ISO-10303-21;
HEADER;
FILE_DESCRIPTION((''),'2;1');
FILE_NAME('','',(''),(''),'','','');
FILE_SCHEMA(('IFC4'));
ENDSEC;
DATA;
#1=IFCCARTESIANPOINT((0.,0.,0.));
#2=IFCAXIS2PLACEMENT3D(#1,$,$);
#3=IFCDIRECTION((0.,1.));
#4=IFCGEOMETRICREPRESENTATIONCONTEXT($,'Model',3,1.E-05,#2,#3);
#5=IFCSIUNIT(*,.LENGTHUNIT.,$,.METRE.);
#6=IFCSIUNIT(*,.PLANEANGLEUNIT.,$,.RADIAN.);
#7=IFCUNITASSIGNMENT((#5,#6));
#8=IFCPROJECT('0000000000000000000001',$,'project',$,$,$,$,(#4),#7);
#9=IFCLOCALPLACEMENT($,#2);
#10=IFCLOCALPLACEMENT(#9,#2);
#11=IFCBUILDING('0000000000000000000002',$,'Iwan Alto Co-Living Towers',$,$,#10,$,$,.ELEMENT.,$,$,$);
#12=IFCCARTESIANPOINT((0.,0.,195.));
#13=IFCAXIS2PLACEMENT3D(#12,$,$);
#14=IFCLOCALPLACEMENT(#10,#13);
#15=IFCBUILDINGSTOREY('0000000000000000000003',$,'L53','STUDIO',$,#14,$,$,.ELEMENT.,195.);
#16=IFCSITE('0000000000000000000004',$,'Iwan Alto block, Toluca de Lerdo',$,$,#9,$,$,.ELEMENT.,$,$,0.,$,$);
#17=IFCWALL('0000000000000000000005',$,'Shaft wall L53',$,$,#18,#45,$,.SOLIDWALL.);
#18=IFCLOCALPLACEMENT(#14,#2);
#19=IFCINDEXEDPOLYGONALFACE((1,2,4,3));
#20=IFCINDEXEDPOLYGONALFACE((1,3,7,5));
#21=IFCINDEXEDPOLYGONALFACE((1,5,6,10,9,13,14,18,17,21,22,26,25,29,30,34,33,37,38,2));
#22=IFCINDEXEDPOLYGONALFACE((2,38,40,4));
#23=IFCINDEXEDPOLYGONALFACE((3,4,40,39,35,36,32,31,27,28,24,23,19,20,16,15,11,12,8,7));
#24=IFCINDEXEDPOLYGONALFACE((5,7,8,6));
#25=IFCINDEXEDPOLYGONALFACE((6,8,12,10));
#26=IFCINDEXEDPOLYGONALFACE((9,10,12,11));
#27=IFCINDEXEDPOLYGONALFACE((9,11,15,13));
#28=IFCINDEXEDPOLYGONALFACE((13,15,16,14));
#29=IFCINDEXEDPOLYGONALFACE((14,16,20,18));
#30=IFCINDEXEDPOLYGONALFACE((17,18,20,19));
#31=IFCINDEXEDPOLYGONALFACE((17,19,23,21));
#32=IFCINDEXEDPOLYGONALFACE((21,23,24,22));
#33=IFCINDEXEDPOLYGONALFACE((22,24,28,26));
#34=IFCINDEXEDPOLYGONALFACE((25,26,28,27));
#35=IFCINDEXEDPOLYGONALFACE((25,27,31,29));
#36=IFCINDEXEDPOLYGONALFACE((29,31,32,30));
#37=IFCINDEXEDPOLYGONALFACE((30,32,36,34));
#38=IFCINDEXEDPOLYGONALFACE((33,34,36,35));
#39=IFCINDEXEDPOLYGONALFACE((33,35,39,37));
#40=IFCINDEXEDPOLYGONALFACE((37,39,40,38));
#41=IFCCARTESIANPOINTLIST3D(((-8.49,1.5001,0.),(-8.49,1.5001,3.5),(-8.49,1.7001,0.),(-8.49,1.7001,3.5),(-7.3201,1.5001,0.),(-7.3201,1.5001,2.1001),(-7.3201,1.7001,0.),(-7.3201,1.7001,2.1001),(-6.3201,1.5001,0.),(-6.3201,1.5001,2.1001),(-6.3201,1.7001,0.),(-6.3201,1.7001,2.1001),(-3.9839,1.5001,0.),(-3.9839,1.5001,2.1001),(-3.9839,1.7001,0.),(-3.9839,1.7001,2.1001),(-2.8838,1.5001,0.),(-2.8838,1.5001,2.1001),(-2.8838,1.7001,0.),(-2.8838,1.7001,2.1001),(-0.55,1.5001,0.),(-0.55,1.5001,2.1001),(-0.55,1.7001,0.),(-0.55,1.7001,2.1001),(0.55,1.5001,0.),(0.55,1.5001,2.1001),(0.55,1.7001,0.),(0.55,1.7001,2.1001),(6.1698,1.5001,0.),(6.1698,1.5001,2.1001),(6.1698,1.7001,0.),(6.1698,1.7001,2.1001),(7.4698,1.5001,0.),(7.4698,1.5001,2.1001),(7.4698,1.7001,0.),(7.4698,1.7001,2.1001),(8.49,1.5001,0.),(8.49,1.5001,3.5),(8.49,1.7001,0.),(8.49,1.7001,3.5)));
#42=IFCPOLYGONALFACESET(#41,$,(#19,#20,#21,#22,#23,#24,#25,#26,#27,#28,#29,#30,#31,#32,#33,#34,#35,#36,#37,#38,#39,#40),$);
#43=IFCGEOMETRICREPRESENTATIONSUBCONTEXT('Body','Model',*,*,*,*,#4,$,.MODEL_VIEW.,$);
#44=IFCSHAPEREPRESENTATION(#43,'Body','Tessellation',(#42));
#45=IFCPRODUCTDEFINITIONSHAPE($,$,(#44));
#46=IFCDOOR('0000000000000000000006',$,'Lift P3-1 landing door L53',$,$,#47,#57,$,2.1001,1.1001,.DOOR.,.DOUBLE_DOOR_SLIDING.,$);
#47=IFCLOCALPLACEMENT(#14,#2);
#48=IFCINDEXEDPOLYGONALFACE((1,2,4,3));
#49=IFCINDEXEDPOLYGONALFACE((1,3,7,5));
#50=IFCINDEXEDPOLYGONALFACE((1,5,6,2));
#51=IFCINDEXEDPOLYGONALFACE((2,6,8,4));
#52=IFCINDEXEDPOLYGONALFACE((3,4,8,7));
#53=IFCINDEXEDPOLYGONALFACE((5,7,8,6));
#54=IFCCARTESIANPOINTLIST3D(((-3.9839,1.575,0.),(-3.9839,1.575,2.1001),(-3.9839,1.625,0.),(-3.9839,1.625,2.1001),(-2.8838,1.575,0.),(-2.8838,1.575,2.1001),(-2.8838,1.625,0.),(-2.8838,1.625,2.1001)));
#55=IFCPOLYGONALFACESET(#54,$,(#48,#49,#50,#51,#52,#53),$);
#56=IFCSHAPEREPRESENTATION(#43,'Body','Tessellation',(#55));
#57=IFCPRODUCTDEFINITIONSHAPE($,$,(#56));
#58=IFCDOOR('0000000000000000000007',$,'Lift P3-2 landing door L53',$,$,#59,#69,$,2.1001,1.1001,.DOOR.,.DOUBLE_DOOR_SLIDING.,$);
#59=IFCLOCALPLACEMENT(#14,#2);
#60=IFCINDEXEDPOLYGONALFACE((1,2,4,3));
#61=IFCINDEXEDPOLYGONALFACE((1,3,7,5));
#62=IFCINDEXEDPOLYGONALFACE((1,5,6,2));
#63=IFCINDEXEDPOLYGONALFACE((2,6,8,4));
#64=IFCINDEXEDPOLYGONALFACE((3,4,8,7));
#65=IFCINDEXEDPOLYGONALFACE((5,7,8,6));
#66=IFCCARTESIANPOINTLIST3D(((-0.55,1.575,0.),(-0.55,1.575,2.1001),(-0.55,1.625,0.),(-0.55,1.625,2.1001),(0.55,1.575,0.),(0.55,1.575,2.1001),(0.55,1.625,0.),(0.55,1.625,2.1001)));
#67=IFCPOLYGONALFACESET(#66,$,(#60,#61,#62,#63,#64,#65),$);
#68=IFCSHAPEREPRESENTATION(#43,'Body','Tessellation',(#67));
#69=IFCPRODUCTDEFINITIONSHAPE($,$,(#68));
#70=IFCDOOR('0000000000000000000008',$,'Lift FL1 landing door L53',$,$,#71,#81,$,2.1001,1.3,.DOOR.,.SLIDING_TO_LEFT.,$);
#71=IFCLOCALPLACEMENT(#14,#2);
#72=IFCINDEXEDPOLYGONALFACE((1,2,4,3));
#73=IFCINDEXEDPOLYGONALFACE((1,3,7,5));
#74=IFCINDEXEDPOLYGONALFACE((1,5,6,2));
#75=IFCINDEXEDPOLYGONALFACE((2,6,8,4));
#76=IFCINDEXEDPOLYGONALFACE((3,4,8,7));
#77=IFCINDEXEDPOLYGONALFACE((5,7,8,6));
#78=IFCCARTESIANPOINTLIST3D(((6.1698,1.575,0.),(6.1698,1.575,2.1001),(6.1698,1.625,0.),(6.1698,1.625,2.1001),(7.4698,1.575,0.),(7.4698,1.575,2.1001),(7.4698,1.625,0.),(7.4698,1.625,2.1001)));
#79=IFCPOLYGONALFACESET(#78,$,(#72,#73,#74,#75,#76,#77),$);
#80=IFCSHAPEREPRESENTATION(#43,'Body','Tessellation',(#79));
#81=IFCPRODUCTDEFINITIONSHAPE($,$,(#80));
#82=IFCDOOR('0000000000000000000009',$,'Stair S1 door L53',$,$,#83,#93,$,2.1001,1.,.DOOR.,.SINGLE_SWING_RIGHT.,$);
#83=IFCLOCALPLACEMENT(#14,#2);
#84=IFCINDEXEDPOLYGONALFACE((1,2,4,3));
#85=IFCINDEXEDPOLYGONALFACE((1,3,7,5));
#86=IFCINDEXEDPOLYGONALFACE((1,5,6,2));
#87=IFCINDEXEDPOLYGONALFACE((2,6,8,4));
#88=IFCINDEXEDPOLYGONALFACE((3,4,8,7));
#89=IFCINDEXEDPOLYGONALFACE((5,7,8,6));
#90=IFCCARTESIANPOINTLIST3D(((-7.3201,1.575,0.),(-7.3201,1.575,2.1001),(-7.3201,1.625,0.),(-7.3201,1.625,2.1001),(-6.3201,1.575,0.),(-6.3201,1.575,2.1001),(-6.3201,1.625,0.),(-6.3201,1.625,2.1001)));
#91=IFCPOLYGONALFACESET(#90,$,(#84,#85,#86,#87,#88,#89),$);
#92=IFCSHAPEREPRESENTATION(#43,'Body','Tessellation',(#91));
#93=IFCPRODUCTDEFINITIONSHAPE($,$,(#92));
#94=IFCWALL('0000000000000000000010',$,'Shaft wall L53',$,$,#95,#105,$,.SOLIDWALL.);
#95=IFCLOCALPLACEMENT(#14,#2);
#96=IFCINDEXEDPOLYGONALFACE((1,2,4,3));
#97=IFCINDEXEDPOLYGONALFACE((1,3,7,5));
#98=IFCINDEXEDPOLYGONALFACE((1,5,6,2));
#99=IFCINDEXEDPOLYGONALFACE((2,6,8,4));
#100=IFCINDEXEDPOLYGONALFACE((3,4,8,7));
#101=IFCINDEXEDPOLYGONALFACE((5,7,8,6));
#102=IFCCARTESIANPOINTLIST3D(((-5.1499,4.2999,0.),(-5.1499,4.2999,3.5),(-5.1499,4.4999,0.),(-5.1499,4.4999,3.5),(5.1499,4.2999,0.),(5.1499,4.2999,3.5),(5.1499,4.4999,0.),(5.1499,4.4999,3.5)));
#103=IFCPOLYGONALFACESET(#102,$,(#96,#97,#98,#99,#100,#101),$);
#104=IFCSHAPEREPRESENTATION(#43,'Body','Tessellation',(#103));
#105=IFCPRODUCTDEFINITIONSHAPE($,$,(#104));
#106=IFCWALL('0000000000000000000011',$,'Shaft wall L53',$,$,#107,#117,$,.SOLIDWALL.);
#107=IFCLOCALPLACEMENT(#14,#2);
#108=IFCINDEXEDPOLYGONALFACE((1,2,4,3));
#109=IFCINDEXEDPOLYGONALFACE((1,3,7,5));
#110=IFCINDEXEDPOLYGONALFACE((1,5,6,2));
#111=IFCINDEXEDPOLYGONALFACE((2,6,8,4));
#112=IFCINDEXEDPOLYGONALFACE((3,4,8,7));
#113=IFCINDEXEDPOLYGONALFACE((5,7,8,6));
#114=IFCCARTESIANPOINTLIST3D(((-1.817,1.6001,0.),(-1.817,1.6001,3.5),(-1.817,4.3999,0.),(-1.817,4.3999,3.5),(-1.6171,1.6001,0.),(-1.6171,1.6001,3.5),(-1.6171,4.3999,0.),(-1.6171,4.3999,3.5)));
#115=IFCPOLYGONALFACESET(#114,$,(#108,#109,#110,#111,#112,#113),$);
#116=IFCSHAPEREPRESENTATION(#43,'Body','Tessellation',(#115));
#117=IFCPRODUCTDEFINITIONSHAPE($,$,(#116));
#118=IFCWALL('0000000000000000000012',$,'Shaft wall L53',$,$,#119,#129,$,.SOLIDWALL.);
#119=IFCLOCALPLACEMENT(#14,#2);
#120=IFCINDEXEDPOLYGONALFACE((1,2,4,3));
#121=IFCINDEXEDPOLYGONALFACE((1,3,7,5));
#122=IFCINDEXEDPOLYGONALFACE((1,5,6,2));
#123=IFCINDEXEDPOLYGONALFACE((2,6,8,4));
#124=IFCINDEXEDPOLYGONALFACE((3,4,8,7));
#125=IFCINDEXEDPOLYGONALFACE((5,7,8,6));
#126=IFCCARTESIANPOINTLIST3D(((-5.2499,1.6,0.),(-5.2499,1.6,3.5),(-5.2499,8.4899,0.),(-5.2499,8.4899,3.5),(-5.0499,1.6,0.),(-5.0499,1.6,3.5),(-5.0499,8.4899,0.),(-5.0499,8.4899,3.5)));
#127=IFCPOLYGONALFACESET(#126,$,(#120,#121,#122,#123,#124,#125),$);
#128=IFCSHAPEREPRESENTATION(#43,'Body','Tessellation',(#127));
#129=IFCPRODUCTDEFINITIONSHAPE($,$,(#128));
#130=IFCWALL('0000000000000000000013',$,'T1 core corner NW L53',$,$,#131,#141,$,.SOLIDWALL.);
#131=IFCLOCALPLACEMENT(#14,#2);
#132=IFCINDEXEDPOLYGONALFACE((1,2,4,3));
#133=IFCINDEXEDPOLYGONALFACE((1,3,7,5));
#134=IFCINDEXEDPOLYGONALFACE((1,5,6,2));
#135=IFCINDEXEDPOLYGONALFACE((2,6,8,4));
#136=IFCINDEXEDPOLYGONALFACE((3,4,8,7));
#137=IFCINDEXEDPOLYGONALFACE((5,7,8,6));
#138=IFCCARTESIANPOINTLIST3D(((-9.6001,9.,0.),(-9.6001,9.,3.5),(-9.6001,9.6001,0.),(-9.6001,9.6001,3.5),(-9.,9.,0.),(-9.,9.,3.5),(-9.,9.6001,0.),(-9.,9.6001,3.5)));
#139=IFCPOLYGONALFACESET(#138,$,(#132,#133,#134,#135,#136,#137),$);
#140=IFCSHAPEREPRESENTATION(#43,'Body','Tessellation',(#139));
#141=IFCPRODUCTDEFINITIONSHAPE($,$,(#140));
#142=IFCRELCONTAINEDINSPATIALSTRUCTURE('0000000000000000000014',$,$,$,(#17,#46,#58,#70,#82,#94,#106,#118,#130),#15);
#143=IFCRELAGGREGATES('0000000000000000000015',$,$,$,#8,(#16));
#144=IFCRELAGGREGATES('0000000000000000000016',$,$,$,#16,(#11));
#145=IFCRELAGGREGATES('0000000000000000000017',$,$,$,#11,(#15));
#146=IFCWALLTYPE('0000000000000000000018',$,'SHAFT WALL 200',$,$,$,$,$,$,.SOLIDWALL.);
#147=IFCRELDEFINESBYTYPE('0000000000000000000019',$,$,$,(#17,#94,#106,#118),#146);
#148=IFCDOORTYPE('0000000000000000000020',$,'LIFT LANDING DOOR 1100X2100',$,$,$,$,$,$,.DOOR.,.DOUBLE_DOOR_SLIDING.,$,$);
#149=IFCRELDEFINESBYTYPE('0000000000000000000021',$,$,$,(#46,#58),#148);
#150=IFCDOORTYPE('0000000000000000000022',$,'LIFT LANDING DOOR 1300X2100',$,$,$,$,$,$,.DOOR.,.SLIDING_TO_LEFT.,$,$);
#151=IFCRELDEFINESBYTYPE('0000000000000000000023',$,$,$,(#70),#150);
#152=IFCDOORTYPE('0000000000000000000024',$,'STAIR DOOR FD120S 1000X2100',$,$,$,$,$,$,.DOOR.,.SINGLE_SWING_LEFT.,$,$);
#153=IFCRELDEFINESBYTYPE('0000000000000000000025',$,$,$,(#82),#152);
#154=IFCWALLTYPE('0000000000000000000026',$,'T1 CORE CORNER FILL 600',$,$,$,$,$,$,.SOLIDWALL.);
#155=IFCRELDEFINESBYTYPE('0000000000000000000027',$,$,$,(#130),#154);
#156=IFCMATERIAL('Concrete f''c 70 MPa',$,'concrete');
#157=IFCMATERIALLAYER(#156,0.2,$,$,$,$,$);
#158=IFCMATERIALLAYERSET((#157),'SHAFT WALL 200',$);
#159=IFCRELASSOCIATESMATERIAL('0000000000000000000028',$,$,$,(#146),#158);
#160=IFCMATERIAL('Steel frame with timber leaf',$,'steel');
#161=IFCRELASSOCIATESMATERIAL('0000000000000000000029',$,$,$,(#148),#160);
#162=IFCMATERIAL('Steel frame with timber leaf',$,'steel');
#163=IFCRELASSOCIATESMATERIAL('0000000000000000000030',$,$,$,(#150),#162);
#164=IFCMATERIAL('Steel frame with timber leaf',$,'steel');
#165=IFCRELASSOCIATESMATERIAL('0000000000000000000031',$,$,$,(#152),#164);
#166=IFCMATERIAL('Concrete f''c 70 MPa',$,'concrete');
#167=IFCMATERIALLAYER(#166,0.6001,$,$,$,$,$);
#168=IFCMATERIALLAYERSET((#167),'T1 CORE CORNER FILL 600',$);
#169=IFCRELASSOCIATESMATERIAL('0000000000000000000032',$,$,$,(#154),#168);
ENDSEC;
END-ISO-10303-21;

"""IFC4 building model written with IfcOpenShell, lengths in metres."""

from ifc_helpers import new_model, si_unit, direction, frame, frame_2d, origin, place, context, subcontext, project, spatial, rectangle, extrude, material, layer, layer_set, type_object, element, fill, save


model = new_model("IFC4")

# Units and contexts
model_context = context("Model", 3, precision=1e-05, world=origin(), true_north=direction((0.0, 1.0)))
body_context = subcontext(model_context, "Body", "Model", "MODEL_VIEW")
ifc_project = project(units=[si_unit("LENGTHUNIT", "METRE"), si_unit("PLANEANGLEUNIT", "RADIAN")], contexts=[model_context])

# Site, building, storey
site_placement = place(None, origin())
site = spatial("IfcSite", under=ifc_project, at=site_placement, Name="Iwan Alto block, Toluca de Lerdo", CompositionType="ELEMENT", RefElevation=0.0)
building_placement = place(site_placement, origin())
building = spatial("IfcBuilding", under=site, at=building_placement, Name="Iwan Alto Co-Living Towers", CompositionType="ELEMENT")
storey_placement = place(building_placement, frame((0.0, 0.0, 195.0)))
storey = spatial("IfcBuildingStorey", under=building, at=storey_placement, Name="L53", Description="STUDIO", CompositionType="ELEMENT", Elevation=195.0)

# Wall, openings, doors
ifc_material_1 = material(Name="Concrete f'c 70 MPa", Category="concrete")
ifc_layer_1 = layer(ifc_material_1, 0.2)
ifc_layer_set_1 = layer_set([ifc_layer_1], Name="SHAFT WALL 200")
wall_type_1 = type_object("IfcWallType", Name="SHAFT WALL 200", PredefinedType="SOLIDWALL", material=ifc_layer_set_1)
wall_1_placement = place(storey_placement, frame((-8.49, 1.6001, 0.0), z_axis=(0.0, 0.0, 1.0), x_axis=(1.0, 0.0, 0.0)))
wall_1 = element("IfcWall", 1, at=wall_1_placement, inside=storey, type_object=wall_type_1, Name="Shaft wall L53", PredefinedType="SOLIDWALL", context=body_context, shape_type="SweptSolid", body=[
    extrude(rectangle(XDim=16.98, YDim=0.2, at=frame_2d((8.49, 0.0))), origin(), (0.0, 0.0, 1.0), 3.5),
])
opening_1_placement = place(wall_1_placement, frame((1.1699, 0.0, 0.0)))
opening_1 = element("IfcOpeningElement", 2, at=opening_1_placement, cuts=wall_1, PredefinedType="OPENING", context=body_context, shape_type="SweptSolid", body=[
    extrude(rectangle(XDim=1.0, YDim=2.1001, at=frame_2d((0.5, 1.05))), frame((0.0, 0.1099, 0.0), z_axis=(0.0, -1.0, 0.0), x_axis=(1.0, 0.0, 0.0)), (0.0, 0.0, 1.0), 0.22),
])
opening_2_placement = place(wall_1_placement, frame((4.5061, 0.0, 0.0)))
opening_2 = element("IfcOpeningElement", 3, at=opening_2_placement, cuts=wall_1, PredefinedType="OPENING", context=body_context, shape_type="SweptSolid", body=[
    extrude(rectangle(XDim=1.1001, YDim=2.1001, at=frame_2d((0.55, 1.05))), frame((0.0, 0.1099, 0.0), z_axis=(0.0, -1.0, 0.0), x_axis=(1.0, 0.0, 0.0)), (0.0, 0.0, 1.0), 0.22),
])
opening_3_placement = place(wall_1_placement, frame((7.9399, 0.0, 0.0)))
opening_3 = element("IfcOpeningElement", 4, at=opening_3_placement, cuts=wall_1, PredefinedType="OPENING", context=body_context, shape_type="SweptSolid", body=[
    extrude(rectangle(XDim=1.1001, YDim=2.1001, at=frame_2d((0.55, 1.05))), frame((0.0, 0.1099, 0.0), z_axis=(0.0, -1.0, 0.0), x_axis=(1.0, 0.0, 0.0)), (0.0, 0.0, 1.0), 0.22),
])
opening_4_placement = place(wall_1_placement, frame((14.6599, 0.0, 0.0)))
opening_4 = element("IfcOpeningElement", 5, at=opening_4_placement, cuts=wall_1, PredefinedType="OPENING", context=body_context, shape_type="SweptSolid", body=[
    extrude(rectangle(XDim=1.3, YDim=2.1001, at=frame_2d((0.6499, 1.05))), frame((0.0, 0.1099, 0.0), z_axis=(0.0, -1.0, 0.0), x_axis=(1.0, 0.0, 0.0)), (0.0, 0.0, 1.0), 0.22),
])
ifc_material_2 = material(Name="Steel frame with timber leaf", Category="steel")
door_type_1 = type_object("IfcDoorType", Name="LIFT LANDING DOOR 1100X2100", OperationType="DOUBLE_DOOR_SLIDING", PredefinedType="DOOR", material=ifc_material_2)
door_1_placement = place(opening_2_placement, origin())
door_1 = element("IfcDoor", 6, at=door_1_placement, inside=storey, type_object=door_type_1, Name="Lift P3-1 landing door L53", OperationType="DOUBLE_DOOR_SLIDING", OverallHeight=2.1001, OverallWidth=1.1001, PredefinedType="DOOR", context=body_context, shape_type="SweptSolid", body=[
    extrude(rectangle(XDim=1.1001, YDim=2.1001, at=frame_2d((0.55, 1.05))), frame((0.0, 0.0249, 0.0), z_axis=(0.0, -1.0, 0.0), x_axis=(1.0, 0.0, 0.0)), (0.0, 0.0, 1.0), 0.05),
])
fill(opening_2, door_1)
door_2_placement = place(opening_3_placement, origin())
door_2 = element("IfcDoor", 7, at=door_2_placement, inside=storey, type_object=door_type_1, Name="Lift P3-2 landing door L53", OperationType="DOUBLE_DOOR_SLIDING", OverallHeight=2.1001, OverallWidth=1.1001, PredefinedType="DOOR", context=body_context, shape_type="SweptSolid", body=[
    extrude(rectangle(XDim=1.1001, YDim=2.1001, at=frame_2d((0.55, 1.05))), frame((0.0, 0.0249, 0.0), z_axis=(0.0, -1.0, 0.0), x_axis=(1.0, 0.0, 0.0)), (0.0, 0.0, 1.0), 0.05),
])
fill(opening_3, door_2)
ifc_material_3 = material(Name="Steel frame with timber leaf", Category="steel")
door_type_2 = type_object("IfcDoorType", Name="LIFT LANDING DOOR 1300X2100", OperationType="SLIDING_TO_LEFT", PredefinedType="DOOR", material=ifc_material_3)
door_3_placement = place(opening_4_placement, origin())
door_3 = element("IfcDoor", 8, at=door_3_placement, inside=storey, type_object=door_type_2, Name="Lift FL1 landing door L53", OperationType="SLIDING_TO_LEFT", OverallHeight=2.1001, OverallWidth=1.3, PredefinedType="DOOR", context=body_context, shape_type="SweptSolid", body=[
    extrude(rectangle(XDim=1.3, YDim=2.1001, at=frame_2d((0.6499, 1.05))), frame((0.0, 0.0249, 0.0), z_axis=(0.0, -1.0, 0.0), x_axis=(1.0, 0.0, 0.0)), (0.0, 0.0, 1.0), 0.05),
])
fill(opening_4, door_3)
ifc_material_4 = material(Name="Steel frame with timber leaf", Category="steel")
door_type_3 = type_object("IfcDoorType", Name="STAIR DOOR FD120S 1000X2100", OperationType="SINGLE_SWING_LEFT", PredefinedType="DOOR", material=ifc_material_4)
door_4_placement = place(opening_1_placement, origin())
door_4 = element("IfcDoor", 9, at=door_4_placement, inside=storey, type_object=door_type_3, Name="Stair S1 door L53", OperationType="SINGLE_SWING_RIGHT", OverallHeight=2.1001, OverallWidth=1.0, PredefinedType="DOOR", context=body_context, shape_type="SweptSolid", body=[
    extrude(rectangle(XDim=1.0, YDim=2.1001, at=frame_2d((0.5, 1.05))), frame((0.0, 0.0249, 0.0), z_axis=(0.0, -1.0, 0.0), x_axis=(1.0, 0.0, 0.0)), (0.0, 0.0, 1.0), 0.05),
])
fill(opening_1, door_4)

# Walls
wall_2_placement = place(storey_placement, frame((-5.1499, 4.3999, 0.0), z_axis=(0.0, 0.0, 1.0), x_axis=(1.0, 0.0, 0.0)))
element("IfcWall", 10, at=wall_2_placement, inside=storey, type_object=wall_type_1, Name="Shaft wall L53", PredefinedType="SOLIDWALL", context=body_context, shape_type="SweptSolid", body=[
    extrude(rectangle(XDim=10.2998, YDim=0.2, at=frame_2d((5.1499, 0.0))), origin(), (0.0, 0.0, 1.0), 3.5),
])
wall_3_placement = place(storey_placement, frame((-1.717, 1.6001, 0.0), z_axis=(0.0, 0.0, 1.0), x_axis=(0.0, 1.0, 0.0)))
element("IfcWall", 11, at=wall_3_placement, inside=storey, type_object=wall_type_1, Name="Shaft wall L53", PredefinedType="SOLIDWALL", context=body_context, shape_type="SweptSolid", body=[
    extrude(rectangle(XDim=2.7998, YDim=0.2, at=frame_2d((1.3999, 0.0))), origin(), (0.0, 0.0, 1.0), 3.5),
])
wall_4_placement = place(storey_placement, frame((-5.1499, 1.6001, 0.0), z_axis=(0.0, 0.0, 1.0), x_axis=(0.0, 1.0, 0.0)))
element("IfcWall", 12, at=wall_4_placement, inside=storey, type_object=wall_type_1, Name="Shaft wall L53", PredefinedType="SOLIDWALL", context=body_context, shape_type="SweptSolid", body=[
    extrude(rectangle(XDim=6.8899, YDim=0.2, at=frame_2d((3.4448, 0.0))), origin(), (0.0, 0.0, 1.0), 3.5),
])
ifc_material_5 = material(Name="Concrete f'c 70 MPa", Category="concrete")
ifc_layer_2 = layer(ifc_material_5, 0.6001)
ifc_layer_set_2 = layer_set([ifc_layer_2], Name="T1 CORE CORNER FILL 600")
wall_type_2 = type_object("IfcWallType", Name="T1 CORE CORNER FILL 600", PredefinedType="SOLIDWALL", material=ifc_layer_set_2)
wall_5_placement = place(storey_placement, frame((-9.6001, 9.3, 0.0), z_axis=(0.0, 0.0, 1.0), x_axis=(1.0, 0.0, 0.0)))
element("IfcWall", 13, at=wall_5_placement, inside=storey, type_object=wall_type_2, Name="T1 core corner NW L53", PredefinedType="SOLIDWALL", context=body_context, shape_type="SweptSolid", body=[
    extrude(rectangle(XDim=0.6001, YDim=0.6001, at=frame_2d((0.3, 0.0))), origin(), (0.0, 0.0, 1.0), 3.5),
])

save(model, "model.ifc")
